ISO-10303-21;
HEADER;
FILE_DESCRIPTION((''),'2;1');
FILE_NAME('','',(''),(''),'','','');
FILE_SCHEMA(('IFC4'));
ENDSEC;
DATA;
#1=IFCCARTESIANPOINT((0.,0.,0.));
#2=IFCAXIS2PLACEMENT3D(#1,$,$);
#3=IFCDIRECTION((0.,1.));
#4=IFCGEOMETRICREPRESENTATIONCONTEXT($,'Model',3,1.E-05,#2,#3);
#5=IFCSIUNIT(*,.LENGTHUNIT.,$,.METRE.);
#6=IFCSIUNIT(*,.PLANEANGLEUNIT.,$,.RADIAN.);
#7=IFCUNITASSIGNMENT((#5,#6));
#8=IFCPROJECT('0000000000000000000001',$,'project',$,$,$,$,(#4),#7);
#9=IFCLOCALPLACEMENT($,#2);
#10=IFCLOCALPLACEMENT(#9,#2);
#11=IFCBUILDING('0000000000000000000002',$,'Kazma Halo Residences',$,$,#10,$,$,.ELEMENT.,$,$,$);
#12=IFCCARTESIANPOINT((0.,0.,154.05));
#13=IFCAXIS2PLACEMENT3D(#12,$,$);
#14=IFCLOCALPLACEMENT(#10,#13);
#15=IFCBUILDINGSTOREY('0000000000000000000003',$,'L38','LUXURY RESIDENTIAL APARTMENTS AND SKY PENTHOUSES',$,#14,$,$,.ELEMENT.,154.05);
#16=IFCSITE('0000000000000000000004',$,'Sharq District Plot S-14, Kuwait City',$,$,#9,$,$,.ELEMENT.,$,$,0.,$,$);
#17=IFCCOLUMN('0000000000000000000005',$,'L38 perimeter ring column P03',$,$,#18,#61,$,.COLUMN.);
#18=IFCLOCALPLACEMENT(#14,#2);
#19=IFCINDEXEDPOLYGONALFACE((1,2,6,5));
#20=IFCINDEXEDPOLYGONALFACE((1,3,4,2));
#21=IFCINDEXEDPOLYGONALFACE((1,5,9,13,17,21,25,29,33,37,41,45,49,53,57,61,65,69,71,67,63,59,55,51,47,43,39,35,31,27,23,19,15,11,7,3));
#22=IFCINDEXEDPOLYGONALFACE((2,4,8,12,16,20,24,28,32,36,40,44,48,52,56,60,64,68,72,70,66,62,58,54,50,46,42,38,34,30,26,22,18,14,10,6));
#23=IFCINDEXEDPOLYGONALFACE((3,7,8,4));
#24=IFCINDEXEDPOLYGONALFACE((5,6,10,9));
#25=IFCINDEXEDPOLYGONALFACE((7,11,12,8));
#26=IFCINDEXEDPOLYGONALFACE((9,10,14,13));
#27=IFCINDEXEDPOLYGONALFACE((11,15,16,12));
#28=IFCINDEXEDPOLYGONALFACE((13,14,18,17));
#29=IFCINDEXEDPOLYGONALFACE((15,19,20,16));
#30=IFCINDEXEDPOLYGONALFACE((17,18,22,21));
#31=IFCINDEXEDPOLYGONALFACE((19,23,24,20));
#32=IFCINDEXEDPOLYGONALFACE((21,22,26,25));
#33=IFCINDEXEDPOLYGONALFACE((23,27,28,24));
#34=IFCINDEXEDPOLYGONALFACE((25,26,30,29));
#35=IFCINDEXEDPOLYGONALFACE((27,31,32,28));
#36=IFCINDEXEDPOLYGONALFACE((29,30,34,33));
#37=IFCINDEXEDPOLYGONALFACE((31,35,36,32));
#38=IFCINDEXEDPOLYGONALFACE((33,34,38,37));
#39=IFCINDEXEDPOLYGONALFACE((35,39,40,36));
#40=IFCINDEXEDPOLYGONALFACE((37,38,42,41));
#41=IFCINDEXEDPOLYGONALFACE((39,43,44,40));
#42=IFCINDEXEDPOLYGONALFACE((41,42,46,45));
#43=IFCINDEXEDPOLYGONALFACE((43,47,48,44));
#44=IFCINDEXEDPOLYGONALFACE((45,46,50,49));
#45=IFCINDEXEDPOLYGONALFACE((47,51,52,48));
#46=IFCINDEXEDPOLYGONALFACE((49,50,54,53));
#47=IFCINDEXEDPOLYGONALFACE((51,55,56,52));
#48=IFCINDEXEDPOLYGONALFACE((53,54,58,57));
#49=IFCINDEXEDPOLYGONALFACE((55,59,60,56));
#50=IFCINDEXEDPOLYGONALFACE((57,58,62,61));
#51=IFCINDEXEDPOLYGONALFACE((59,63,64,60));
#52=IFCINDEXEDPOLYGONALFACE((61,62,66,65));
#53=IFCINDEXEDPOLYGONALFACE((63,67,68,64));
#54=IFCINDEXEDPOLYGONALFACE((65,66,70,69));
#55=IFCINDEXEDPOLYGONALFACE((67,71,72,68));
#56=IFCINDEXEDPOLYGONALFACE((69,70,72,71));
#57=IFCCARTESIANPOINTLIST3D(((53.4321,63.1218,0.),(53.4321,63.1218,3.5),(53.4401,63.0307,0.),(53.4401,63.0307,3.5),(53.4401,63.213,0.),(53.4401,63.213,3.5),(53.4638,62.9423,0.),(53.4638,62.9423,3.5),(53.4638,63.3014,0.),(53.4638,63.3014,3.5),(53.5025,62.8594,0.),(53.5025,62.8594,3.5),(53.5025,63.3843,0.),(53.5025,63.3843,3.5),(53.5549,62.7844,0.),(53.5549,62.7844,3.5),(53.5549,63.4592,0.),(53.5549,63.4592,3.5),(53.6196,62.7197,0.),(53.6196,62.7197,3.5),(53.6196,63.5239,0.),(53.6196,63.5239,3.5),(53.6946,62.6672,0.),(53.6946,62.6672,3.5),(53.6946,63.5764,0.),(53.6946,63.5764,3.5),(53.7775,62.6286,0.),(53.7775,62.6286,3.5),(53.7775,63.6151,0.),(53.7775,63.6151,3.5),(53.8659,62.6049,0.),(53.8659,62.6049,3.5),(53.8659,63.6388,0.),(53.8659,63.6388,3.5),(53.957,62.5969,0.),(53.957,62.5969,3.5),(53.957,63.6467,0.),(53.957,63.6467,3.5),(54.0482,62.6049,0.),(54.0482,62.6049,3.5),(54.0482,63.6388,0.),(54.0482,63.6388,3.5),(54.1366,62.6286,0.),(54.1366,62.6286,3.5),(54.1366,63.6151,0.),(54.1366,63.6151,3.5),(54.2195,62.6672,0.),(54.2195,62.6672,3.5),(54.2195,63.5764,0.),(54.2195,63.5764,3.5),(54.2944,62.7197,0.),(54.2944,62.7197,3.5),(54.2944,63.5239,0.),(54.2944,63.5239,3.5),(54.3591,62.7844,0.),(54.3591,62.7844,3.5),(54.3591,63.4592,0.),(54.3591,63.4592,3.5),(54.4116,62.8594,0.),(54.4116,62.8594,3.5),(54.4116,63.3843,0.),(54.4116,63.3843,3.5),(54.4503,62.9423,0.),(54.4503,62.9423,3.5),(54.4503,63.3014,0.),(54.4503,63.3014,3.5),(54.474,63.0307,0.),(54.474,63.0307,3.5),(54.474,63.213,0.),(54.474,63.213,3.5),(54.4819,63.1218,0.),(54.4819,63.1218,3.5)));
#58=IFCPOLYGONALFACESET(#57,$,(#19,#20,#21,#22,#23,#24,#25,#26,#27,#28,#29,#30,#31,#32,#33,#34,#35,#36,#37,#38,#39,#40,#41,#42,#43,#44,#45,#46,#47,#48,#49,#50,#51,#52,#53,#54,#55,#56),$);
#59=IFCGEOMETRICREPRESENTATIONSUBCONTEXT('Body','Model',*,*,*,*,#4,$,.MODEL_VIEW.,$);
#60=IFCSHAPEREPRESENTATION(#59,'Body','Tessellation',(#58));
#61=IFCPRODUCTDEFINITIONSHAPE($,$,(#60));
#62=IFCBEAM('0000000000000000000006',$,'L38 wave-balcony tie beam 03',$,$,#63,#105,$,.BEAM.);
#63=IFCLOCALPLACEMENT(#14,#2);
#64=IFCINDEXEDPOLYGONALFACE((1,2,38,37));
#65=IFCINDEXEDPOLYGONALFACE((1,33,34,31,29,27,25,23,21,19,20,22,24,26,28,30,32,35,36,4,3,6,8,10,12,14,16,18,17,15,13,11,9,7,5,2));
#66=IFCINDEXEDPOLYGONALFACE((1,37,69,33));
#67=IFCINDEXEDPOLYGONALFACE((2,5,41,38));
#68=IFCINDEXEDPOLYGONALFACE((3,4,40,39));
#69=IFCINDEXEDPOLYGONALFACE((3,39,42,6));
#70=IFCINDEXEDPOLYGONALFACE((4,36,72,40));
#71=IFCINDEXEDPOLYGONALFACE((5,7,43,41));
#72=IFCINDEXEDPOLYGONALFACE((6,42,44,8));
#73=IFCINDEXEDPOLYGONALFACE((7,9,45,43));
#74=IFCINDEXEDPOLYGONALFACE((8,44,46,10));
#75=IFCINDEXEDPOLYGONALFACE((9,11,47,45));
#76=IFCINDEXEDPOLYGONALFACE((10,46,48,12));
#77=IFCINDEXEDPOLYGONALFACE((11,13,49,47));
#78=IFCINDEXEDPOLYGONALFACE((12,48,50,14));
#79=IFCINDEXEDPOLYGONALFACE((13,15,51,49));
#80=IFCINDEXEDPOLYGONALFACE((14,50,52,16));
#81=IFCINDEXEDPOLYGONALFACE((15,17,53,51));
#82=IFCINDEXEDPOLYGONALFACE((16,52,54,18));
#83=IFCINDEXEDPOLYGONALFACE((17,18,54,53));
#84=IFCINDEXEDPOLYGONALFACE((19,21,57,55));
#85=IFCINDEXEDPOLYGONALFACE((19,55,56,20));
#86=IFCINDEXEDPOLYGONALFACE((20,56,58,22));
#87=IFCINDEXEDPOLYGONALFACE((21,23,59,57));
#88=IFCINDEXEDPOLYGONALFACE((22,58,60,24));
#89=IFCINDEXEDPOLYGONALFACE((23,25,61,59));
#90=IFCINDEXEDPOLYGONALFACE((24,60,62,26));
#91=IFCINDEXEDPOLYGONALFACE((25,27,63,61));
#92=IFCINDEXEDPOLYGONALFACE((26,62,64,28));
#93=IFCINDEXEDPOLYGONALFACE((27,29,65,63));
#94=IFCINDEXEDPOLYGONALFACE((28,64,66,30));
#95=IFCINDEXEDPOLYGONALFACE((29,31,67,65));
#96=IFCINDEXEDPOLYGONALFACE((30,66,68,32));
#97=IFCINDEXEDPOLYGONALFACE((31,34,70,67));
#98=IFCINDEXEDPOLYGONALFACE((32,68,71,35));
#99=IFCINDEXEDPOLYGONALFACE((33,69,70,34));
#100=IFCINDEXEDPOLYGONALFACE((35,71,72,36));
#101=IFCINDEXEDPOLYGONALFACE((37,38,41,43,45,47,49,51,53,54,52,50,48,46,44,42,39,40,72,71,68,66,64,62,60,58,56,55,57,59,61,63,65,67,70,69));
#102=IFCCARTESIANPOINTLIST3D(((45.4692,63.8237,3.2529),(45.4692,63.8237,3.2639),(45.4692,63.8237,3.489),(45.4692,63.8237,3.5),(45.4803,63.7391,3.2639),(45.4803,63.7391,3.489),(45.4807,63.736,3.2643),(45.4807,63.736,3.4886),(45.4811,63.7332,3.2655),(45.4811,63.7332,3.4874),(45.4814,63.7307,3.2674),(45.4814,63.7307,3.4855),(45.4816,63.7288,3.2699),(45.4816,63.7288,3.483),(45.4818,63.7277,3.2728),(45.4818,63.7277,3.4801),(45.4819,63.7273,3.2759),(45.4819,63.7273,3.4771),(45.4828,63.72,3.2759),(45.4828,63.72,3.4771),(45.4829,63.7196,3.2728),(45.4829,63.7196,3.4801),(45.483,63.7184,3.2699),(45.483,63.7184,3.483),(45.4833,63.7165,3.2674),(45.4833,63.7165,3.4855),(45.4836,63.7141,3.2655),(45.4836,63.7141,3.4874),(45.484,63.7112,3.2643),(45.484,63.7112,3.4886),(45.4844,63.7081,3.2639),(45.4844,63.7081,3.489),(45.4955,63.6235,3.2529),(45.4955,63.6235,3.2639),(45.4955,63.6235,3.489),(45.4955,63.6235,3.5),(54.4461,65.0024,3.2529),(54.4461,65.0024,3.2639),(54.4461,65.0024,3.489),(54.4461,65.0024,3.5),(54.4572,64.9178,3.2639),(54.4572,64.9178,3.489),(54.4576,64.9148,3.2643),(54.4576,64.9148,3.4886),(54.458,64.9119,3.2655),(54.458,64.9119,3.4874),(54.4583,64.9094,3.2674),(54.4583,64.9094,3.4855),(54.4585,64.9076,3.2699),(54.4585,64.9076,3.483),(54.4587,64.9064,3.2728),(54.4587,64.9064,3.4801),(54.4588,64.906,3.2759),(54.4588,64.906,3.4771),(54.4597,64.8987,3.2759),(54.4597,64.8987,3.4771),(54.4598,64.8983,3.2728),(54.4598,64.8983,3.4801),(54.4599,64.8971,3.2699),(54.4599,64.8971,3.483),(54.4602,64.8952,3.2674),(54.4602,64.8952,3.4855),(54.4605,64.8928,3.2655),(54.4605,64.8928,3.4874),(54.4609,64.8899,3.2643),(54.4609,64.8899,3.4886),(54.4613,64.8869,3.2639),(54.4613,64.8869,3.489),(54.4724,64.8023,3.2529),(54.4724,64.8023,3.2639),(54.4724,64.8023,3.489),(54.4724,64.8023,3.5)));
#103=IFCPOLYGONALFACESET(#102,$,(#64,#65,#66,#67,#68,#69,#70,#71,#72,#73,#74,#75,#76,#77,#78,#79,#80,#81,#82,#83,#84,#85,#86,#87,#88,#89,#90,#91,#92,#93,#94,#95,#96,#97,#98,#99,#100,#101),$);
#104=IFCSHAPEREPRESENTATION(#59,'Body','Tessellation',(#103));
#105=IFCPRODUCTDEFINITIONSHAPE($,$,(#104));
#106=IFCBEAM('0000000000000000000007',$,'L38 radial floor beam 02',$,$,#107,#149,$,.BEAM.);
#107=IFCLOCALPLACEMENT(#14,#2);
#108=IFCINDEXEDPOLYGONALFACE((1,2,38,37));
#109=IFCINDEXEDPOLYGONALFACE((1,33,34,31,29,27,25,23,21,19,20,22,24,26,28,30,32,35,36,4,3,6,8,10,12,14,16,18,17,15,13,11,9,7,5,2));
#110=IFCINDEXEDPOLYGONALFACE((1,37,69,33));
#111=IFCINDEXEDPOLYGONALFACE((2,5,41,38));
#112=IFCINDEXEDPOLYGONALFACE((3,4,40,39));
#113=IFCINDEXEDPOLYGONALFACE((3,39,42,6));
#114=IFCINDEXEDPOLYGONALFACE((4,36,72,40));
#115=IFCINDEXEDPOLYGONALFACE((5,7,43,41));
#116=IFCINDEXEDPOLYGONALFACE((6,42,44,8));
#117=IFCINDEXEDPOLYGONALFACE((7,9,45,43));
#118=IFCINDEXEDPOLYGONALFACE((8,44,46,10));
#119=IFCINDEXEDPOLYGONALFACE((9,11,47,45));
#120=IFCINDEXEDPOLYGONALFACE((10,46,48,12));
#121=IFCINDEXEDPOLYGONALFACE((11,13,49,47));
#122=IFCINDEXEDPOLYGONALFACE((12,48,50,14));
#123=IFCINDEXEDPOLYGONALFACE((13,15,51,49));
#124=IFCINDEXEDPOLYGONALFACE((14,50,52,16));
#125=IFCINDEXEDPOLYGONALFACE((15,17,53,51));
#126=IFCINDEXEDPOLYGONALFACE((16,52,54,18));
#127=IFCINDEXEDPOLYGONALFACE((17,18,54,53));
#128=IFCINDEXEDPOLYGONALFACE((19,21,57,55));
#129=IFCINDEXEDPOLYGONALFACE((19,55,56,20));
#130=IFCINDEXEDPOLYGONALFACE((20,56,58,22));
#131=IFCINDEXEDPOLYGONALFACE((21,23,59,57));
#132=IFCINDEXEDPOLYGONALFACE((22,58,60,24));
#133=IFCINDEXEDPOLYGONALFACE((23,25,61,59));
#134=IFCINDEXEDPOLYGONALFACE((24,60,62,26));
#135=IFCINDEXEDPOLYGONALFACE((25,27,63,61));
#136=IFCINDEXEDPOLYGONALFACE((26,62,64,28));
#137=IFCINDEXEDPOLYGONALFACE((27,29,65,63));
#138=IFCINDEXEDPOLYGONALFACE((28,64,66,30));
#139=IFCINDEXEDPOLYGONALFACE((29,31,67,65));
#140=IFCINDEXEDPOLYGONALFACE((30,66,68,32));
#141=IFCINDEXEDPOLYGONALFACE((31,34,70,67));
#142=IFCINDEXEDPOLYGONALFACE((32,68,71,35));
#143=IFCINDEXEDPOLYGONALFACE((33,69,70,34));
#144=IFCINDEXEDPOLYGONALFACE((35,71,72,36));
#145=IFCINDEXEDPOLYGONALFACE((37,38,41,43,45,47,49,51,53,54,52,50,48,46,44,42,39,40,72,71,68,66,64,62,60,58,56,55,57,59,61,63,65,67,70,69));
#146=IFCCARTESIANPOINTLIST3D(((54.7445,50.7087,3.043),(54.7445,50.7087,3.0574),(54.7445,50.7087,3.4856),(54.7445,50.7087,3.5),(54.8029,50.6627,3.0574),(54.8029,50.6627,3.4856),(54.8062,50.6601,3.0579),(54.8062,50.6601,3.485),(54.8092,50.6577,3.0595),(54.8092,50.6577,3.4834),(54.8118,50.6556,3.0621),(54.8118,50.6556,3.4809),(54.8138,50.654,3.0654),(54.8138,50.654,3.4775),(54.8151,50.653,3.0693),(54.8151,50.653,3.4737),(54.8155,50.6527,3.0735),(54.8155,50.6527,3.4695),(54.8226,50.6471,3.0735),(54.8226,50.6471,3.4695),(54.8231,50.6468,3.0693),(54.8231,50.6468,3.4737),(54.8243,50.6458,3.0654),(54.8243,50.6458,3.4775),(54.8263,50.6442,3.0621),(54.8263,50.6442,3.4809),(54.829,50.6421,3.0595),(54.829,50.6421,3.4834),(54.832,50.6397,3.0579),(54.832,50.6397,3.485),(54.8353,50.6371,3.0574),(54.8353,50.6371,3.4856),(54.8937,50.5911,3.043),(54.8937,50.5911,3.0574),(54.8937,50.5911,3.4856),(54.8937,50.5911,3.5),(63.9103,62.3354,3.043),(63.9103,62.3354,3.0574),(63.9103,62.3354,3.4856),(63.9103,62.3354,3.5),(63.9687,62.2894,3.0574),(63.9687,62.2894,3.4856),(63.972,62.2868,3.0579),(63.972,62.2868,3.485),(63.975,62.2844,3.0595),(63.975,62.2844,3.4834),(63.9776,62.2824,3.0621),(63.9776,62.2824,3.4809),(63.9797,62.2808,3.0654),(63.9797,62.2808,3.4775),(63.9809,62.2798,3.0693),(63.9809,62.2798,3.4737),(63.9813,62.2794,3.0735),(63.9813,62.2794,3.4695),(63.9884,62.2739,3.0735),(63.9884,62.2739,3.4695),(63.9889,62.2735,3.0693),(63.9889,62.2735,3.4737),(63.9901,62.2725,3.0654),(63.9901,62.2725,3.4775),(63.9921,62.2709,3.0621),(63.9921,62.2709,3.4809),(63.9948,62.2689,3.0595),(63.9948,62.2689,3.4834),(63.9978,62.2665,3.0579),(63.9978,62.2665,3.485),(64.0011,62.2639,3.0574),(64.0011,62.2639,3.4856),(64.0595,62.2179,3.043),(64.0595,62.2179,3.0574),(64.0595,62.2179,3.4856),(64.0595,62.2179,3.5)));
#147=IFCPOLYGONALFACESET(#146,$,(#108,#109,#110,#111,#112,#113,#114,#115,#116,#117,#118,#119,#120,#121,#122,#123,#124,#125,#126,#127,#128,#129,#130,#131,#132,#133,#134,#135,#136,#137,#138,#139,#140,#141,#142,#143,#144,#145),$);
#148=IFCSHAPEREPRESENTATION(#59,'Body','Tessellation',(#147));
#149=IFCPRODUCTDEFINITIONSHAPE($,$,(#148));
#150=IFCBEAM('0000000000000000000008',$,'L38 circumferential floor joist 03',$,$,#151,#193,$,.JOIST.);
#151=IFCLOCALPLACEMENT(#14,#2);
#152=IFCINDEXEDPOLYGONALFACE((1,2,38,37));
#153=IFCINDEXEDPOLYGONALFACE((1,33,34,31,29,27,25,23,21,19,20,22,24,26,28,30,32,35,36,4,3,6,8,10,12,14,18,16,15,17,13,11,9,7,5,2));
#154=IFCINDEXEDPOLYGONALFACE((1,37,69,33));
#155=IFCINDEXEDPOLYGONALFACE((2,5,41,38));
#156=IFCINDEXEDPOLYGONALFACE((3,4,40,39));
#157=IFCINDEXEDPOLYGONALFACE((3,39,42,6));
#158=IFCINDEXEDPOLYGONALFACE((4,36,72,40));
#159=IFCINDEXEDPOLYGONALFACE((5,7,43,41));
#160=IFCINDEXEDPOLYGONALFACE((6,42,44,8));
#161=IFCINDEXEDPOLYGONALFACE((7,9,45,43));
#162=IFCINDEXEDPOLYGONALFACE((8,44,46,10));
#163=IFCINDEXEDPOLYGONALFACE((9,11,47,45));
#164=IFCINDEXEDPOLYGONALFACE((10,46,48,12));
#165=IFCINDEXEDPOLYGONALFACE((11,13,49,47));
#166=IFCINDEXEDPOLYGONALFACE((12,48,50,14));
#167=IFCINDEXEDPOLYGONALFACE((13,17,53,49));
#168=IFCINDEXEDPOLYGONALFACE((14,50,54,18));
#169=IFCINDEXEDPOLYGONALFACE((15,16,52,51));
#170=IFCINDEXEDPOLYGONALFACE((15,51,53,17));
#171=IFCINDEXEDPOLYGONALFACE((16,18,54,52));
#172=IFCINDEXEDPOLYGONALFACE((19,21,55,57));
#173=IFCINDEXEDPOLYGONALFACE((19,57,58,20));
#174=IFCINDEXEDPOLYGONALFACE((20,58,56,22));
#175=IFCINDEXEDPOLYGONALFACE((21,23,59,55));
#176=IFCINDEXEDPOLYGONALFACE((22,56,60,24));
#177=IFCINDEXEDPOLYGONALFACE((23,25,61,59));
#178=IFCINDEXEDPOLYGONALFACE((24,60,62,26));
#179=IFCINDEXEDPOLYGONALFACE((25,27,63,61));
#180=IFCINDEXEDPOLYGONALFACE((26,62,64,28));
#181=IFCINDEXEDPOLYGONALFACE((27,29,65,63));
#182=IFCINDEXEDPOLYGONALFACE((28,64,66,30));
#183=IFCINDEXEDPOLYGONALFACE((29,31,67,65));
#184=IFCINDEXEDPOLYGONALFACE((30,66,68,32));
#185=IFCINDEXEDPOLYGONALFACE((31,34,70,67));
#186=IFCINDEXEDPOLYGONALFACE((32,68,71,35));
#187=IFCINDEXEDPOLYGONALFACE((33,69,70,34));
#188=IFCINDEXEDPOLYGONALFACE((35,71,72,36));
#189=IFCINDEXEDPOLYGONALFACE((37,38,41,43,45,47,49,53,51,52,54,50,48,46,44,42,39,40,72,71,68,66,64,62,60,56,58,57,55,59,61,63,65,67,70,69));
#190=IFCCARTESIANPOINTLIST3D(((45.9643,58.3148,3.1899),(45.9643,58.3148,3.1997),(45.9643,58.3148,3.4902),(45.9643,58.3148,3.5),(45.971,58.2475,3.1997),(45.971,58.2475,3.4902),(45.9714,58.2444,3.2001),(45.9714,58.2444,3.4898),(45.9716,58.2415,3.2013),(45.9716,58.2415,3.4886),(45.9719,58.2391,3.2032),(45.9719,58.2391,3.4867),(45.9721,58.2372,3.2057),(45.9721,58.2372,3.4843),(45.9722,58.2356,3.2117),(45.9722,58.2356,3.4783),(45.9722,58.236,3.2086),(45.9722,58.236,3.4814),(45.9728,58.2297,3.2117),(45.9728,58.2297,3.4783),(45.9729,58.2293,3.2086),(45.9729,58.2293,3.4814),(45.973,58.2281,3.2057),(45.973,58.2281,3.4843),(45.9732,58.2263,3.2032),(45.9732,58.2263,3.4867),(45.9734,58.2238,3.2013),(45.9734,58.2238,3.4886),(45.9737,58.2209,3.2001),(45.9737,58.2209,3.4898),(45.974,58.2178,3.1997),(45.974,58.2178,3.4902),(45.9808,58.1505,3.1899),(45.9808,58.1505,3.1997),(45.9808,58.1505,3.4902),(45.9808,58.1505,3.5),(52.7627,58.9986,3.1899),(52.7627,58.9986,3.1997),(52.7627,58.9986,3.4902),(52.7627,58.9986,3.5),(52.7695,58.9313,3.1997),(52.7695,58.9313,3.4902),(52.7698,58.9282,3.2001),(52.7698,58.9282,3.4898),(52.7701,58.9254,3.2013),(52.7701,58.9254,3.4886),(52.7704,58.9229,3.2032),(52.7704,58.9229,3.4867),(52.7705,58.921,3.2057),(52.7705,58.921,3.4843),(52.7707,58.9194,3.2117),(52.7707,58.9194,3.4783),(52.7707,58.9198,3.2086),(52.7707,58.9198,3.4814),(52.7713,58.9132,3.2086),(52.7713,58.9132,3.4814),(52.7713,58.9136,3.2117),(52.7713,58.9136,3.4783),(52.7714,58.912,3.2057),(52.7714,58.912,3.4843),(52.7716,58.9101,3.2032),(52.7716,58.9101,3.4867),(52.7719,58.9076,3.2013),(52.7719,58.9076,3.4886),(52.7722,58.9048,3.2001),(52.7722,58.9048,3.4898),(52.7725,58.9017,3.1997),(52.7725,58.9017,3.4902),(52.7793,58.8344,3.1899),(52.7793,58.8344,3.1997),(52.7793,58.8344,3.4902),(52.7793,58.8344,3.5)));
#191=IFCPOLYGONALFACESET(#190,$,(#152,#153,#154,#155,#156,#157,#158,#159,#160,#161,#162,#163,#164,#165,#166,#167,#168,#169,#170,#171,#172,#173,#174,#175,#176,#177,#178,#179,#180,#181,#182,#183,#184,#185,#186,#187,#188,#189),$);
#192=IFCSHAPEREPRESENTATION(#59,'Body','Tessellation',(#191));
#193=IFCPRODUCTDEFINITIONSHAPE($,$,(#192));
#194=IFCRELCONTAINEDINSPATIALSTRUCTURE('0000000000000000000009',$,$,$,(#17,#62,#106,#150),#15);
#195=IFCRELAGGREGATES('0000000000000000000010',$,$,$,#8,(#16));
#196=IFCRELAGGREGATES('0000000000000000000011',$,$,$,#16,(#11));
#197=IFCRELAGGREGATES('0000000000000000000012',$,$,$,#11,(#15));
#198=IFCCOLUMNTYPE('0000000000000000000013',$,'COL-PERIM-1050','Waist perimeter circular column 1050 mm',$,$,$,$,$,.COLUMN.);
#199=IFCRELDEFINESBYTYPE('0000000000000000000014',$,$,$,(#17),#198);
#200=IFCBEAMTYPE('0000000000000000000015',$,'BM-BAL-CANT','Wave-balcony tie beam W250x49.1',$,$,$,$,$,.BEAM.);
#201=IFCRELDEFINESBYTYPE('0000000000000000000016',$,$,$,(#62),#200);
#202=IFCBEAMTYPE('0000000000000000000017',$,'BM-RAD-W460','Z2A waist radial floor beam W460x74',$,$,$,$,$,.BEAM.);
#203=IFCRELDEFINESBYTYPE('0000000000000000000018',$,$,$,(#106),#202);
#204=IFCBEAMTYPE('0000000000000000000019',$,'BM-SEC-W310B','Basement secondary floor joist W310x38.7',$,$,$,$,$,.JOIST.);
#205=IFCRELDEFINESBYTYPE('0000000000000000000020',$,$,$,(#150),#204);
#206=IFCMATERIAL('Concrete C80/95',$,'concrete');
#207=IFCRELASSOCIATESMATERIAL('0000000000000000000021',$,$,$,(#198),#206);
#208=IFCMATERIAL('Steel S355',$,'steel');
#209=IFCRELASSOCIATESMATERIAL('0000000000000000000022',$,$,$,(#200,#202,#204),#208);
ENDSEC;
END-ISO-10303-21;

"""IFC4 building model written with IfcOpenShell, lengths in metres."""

from ifc_helpers import new_model, si_unit, direction, frame, origin, origin_2d, place, context, subcontext, project, spatial, circle, i_section, extrude, material, material_profile, profile_set, type_object, element, save


model = new_model("IFC4")

# Units and contexts
model_context = context("Model", 3, precision=1e-05, world=origin(), true_north=direction((0.0, 1.0)))
body_context = subcontext(model_context, "Body", "Model", "MODEL_VIEW")
ifc_project = project(units=[si_unit("LENGTHUNIT", "METRE"), si_unit("PLANEANGLEUNIT", "RADIAN")], contexts=[model_context])

# Site, building, storey
site_placement = place(None, origin())
site = spatial("IfcSite", under=ifc_project, at=site_placement, Name="Sharq District Plot S-14, Kuwait City", CompositionType="ELEMENT", RefElevation=0.0)
building_placement = place(site_placement, origin())
building = spatial("IfcBuilding", under=site, at=building_placement, Name="Kazma Halo Residences", CompositionType="ELEMENT")
storey_placement = place(building_placement, frame((0.0, 0.0, 154.05)))
storey = spatial("IfcBuildingStorey", under=building, at=storey_placement, Name="L38", Description="LUXURY RESIDENTIAL APARTMENTS AND SKY PENTHOUSES", CompositionType="ELEMENT", Elevation=154.05)

# Column
ifc_material_1 = material(Name="Concrete C80/95", Category="concrete")
ifc_material_profile_1 = material_profile(ifc_material_1, circle(Radius=0.5249, at=origin_2d()), Name="CIRC1050")
ifc_profile_set_1 = profile_set([ifc_material_profile_1], Name="Concrete C80/95")
column_type = type_object("IfcColumnType", Name="COL-PERIM-1050", Description="Waist perimeter circular column 1050 mm", PredefinedType="COLUMN", material=ifc_profile_set_1)
column_placement = place(storey_placement, frame((53.957, 63.1218, 0.0), z_axis=(0.0, 0.0, 1.0), x_axis=(1.0, 0.0, 0.0)))
element("IfcColumn", 1, at=column_placement, inside=storey, type_object=column_type, Name="L38 perimeter ring column P03", PredefinedType="COLUMN", context=body_context, shape_type="SweptSolid", body=[
    extrude(circle(Radius=0.5249, at=origin_2d()), origin(), (0.0, 0.0, 1.0), 3.5),
])

# Beams
ifc_material_2 = material(Name="Steel S355", Category="steel")
ifc_material_profile_2 = material_profile(ifc_material_2, i_section(OverallWidth=0.2019, OverallDepth=0.2471, WebThickness=0.0073, FlangeThickness=0.011, FilletRadius=0.012, at=origin_2d()), Name="W250x49.1")
ifc_profile_set_2 = profile_set([ifc_material_profile_2], Name="Steel S355")
beam_type_1 = type_object("IfcBeamType", Name="BM-BAL-CANT", Description="Wave-balcony tie beam W250x49.1", PredefinedType="BEAM", material=ifc_profile_set_2)
beam_1_placement = place(storey_placement, frame((54.4592, 64.9023, 3.3765), z_axis=(-0.991489, -0.130189, 0.0), x_axis=(0.130189, -0.991489, 0.0)))
element("IfcBeam", 2, at=beam_1_placement, inside=storey, type_object=beam_type_1, Name="L38 wave-balcony tie beam 03", PredefinedType="BEAM", context=body_context, shape_type="SweptSolid", body=[
    extrude(i_section(OverallWidth=0.2019, OverallDepth=0.2471, WebThickness=0.0073, FlangeThickness=0.011, FilletRadius=0.012, at=origin_2d()), origin(), (0.0, 0.0, 1.0), 9.054),
])
ifc_material_profile_3 = material_profile(ifc_material_2, i_section(OverallWidth=0.1899, OverallDepth=0.457, WebThickness=0.009, FlangeThickness=0.0144, FilletRadius=0.0161, at=origin_2d()), Name="W460x74")
ifc_profile_set_3 = profile_set([ifc_material_profile_3], Name="Steel S355")
beam_type_2 = type_object("IfcBeamType", Name="BM-RAD-W460", Description="Z2A waist radial floor beam W460x74", PredefinedType="BEAM", material=ifc_profile_set_3)
beam_2_placement = place(storey_placement, frame((54.8191, 50.6499, 3.2715), z_axis=(0.619094, 0.785316, 0.0), x_axis=(-0.785316, 0.619094, 0.0)))
element("IfcBeam", 3, at=beam_2_placement, inside=storey, type_object=beam_type_2, Name="L38 radial floor beam 02", PredefinedType="BEAM", context=body_context, shape_type="SweptSolid", body=[
    extrude(i_section(OverallWidth=0.1899, OverallDepth=0.457, WebThickness=0.009, FlangeThickness=0.0144, FilletRadius=0.0161, at=origin_2d()), origin(), (0.0, 0.0, 1.0), 14.8052),
])
ifc_material_profile_4 = material_profile(ifc_material_2, i_section(OverallWidth=0.165, OverallDepth=0.3101, WebThickness=0.0059, FlangeThickness=0.0098, FilletRadius=0.012, at=origin_2d()), Name="W310x38.7")
ifc_profile_set_4 = profile_set([ifc_material_profile_4], Name="Steel S355")
beam_type_3 = type_object("IfcBeamType", Name="BM-SEC-W310B", Description="Basement secondary floor joist W310x38.7", PredefinedType="JOIST", material=ifc_profile_set_4)
beam_3_placement = place(storey_placement, frame((52.771, 58.9165, 3.345), z_axis=(-0.994979, -0.100084, 0.0), x_axis=(0.100084, -0.994979, 0.0)))
element("IfcBeam", 4, at=beam_3_placement, inside=storey, type_object=beam_type_3, Name="L38 circumferential floor joist 03", PredefinedType="JOIST", context=body_context, shape_type="SweptSolid", body=[
    extrude(i_section(OverallWidth=0.165, OverallDepth=0.3101, WebThickness=0.0059, FlangeThickness=0.0098, FilletRadius=0.012, at=origin_2d()), origin(), (0.0, 0.0, 1.0), 6.8328),
])

save(model, "model.ifc")
